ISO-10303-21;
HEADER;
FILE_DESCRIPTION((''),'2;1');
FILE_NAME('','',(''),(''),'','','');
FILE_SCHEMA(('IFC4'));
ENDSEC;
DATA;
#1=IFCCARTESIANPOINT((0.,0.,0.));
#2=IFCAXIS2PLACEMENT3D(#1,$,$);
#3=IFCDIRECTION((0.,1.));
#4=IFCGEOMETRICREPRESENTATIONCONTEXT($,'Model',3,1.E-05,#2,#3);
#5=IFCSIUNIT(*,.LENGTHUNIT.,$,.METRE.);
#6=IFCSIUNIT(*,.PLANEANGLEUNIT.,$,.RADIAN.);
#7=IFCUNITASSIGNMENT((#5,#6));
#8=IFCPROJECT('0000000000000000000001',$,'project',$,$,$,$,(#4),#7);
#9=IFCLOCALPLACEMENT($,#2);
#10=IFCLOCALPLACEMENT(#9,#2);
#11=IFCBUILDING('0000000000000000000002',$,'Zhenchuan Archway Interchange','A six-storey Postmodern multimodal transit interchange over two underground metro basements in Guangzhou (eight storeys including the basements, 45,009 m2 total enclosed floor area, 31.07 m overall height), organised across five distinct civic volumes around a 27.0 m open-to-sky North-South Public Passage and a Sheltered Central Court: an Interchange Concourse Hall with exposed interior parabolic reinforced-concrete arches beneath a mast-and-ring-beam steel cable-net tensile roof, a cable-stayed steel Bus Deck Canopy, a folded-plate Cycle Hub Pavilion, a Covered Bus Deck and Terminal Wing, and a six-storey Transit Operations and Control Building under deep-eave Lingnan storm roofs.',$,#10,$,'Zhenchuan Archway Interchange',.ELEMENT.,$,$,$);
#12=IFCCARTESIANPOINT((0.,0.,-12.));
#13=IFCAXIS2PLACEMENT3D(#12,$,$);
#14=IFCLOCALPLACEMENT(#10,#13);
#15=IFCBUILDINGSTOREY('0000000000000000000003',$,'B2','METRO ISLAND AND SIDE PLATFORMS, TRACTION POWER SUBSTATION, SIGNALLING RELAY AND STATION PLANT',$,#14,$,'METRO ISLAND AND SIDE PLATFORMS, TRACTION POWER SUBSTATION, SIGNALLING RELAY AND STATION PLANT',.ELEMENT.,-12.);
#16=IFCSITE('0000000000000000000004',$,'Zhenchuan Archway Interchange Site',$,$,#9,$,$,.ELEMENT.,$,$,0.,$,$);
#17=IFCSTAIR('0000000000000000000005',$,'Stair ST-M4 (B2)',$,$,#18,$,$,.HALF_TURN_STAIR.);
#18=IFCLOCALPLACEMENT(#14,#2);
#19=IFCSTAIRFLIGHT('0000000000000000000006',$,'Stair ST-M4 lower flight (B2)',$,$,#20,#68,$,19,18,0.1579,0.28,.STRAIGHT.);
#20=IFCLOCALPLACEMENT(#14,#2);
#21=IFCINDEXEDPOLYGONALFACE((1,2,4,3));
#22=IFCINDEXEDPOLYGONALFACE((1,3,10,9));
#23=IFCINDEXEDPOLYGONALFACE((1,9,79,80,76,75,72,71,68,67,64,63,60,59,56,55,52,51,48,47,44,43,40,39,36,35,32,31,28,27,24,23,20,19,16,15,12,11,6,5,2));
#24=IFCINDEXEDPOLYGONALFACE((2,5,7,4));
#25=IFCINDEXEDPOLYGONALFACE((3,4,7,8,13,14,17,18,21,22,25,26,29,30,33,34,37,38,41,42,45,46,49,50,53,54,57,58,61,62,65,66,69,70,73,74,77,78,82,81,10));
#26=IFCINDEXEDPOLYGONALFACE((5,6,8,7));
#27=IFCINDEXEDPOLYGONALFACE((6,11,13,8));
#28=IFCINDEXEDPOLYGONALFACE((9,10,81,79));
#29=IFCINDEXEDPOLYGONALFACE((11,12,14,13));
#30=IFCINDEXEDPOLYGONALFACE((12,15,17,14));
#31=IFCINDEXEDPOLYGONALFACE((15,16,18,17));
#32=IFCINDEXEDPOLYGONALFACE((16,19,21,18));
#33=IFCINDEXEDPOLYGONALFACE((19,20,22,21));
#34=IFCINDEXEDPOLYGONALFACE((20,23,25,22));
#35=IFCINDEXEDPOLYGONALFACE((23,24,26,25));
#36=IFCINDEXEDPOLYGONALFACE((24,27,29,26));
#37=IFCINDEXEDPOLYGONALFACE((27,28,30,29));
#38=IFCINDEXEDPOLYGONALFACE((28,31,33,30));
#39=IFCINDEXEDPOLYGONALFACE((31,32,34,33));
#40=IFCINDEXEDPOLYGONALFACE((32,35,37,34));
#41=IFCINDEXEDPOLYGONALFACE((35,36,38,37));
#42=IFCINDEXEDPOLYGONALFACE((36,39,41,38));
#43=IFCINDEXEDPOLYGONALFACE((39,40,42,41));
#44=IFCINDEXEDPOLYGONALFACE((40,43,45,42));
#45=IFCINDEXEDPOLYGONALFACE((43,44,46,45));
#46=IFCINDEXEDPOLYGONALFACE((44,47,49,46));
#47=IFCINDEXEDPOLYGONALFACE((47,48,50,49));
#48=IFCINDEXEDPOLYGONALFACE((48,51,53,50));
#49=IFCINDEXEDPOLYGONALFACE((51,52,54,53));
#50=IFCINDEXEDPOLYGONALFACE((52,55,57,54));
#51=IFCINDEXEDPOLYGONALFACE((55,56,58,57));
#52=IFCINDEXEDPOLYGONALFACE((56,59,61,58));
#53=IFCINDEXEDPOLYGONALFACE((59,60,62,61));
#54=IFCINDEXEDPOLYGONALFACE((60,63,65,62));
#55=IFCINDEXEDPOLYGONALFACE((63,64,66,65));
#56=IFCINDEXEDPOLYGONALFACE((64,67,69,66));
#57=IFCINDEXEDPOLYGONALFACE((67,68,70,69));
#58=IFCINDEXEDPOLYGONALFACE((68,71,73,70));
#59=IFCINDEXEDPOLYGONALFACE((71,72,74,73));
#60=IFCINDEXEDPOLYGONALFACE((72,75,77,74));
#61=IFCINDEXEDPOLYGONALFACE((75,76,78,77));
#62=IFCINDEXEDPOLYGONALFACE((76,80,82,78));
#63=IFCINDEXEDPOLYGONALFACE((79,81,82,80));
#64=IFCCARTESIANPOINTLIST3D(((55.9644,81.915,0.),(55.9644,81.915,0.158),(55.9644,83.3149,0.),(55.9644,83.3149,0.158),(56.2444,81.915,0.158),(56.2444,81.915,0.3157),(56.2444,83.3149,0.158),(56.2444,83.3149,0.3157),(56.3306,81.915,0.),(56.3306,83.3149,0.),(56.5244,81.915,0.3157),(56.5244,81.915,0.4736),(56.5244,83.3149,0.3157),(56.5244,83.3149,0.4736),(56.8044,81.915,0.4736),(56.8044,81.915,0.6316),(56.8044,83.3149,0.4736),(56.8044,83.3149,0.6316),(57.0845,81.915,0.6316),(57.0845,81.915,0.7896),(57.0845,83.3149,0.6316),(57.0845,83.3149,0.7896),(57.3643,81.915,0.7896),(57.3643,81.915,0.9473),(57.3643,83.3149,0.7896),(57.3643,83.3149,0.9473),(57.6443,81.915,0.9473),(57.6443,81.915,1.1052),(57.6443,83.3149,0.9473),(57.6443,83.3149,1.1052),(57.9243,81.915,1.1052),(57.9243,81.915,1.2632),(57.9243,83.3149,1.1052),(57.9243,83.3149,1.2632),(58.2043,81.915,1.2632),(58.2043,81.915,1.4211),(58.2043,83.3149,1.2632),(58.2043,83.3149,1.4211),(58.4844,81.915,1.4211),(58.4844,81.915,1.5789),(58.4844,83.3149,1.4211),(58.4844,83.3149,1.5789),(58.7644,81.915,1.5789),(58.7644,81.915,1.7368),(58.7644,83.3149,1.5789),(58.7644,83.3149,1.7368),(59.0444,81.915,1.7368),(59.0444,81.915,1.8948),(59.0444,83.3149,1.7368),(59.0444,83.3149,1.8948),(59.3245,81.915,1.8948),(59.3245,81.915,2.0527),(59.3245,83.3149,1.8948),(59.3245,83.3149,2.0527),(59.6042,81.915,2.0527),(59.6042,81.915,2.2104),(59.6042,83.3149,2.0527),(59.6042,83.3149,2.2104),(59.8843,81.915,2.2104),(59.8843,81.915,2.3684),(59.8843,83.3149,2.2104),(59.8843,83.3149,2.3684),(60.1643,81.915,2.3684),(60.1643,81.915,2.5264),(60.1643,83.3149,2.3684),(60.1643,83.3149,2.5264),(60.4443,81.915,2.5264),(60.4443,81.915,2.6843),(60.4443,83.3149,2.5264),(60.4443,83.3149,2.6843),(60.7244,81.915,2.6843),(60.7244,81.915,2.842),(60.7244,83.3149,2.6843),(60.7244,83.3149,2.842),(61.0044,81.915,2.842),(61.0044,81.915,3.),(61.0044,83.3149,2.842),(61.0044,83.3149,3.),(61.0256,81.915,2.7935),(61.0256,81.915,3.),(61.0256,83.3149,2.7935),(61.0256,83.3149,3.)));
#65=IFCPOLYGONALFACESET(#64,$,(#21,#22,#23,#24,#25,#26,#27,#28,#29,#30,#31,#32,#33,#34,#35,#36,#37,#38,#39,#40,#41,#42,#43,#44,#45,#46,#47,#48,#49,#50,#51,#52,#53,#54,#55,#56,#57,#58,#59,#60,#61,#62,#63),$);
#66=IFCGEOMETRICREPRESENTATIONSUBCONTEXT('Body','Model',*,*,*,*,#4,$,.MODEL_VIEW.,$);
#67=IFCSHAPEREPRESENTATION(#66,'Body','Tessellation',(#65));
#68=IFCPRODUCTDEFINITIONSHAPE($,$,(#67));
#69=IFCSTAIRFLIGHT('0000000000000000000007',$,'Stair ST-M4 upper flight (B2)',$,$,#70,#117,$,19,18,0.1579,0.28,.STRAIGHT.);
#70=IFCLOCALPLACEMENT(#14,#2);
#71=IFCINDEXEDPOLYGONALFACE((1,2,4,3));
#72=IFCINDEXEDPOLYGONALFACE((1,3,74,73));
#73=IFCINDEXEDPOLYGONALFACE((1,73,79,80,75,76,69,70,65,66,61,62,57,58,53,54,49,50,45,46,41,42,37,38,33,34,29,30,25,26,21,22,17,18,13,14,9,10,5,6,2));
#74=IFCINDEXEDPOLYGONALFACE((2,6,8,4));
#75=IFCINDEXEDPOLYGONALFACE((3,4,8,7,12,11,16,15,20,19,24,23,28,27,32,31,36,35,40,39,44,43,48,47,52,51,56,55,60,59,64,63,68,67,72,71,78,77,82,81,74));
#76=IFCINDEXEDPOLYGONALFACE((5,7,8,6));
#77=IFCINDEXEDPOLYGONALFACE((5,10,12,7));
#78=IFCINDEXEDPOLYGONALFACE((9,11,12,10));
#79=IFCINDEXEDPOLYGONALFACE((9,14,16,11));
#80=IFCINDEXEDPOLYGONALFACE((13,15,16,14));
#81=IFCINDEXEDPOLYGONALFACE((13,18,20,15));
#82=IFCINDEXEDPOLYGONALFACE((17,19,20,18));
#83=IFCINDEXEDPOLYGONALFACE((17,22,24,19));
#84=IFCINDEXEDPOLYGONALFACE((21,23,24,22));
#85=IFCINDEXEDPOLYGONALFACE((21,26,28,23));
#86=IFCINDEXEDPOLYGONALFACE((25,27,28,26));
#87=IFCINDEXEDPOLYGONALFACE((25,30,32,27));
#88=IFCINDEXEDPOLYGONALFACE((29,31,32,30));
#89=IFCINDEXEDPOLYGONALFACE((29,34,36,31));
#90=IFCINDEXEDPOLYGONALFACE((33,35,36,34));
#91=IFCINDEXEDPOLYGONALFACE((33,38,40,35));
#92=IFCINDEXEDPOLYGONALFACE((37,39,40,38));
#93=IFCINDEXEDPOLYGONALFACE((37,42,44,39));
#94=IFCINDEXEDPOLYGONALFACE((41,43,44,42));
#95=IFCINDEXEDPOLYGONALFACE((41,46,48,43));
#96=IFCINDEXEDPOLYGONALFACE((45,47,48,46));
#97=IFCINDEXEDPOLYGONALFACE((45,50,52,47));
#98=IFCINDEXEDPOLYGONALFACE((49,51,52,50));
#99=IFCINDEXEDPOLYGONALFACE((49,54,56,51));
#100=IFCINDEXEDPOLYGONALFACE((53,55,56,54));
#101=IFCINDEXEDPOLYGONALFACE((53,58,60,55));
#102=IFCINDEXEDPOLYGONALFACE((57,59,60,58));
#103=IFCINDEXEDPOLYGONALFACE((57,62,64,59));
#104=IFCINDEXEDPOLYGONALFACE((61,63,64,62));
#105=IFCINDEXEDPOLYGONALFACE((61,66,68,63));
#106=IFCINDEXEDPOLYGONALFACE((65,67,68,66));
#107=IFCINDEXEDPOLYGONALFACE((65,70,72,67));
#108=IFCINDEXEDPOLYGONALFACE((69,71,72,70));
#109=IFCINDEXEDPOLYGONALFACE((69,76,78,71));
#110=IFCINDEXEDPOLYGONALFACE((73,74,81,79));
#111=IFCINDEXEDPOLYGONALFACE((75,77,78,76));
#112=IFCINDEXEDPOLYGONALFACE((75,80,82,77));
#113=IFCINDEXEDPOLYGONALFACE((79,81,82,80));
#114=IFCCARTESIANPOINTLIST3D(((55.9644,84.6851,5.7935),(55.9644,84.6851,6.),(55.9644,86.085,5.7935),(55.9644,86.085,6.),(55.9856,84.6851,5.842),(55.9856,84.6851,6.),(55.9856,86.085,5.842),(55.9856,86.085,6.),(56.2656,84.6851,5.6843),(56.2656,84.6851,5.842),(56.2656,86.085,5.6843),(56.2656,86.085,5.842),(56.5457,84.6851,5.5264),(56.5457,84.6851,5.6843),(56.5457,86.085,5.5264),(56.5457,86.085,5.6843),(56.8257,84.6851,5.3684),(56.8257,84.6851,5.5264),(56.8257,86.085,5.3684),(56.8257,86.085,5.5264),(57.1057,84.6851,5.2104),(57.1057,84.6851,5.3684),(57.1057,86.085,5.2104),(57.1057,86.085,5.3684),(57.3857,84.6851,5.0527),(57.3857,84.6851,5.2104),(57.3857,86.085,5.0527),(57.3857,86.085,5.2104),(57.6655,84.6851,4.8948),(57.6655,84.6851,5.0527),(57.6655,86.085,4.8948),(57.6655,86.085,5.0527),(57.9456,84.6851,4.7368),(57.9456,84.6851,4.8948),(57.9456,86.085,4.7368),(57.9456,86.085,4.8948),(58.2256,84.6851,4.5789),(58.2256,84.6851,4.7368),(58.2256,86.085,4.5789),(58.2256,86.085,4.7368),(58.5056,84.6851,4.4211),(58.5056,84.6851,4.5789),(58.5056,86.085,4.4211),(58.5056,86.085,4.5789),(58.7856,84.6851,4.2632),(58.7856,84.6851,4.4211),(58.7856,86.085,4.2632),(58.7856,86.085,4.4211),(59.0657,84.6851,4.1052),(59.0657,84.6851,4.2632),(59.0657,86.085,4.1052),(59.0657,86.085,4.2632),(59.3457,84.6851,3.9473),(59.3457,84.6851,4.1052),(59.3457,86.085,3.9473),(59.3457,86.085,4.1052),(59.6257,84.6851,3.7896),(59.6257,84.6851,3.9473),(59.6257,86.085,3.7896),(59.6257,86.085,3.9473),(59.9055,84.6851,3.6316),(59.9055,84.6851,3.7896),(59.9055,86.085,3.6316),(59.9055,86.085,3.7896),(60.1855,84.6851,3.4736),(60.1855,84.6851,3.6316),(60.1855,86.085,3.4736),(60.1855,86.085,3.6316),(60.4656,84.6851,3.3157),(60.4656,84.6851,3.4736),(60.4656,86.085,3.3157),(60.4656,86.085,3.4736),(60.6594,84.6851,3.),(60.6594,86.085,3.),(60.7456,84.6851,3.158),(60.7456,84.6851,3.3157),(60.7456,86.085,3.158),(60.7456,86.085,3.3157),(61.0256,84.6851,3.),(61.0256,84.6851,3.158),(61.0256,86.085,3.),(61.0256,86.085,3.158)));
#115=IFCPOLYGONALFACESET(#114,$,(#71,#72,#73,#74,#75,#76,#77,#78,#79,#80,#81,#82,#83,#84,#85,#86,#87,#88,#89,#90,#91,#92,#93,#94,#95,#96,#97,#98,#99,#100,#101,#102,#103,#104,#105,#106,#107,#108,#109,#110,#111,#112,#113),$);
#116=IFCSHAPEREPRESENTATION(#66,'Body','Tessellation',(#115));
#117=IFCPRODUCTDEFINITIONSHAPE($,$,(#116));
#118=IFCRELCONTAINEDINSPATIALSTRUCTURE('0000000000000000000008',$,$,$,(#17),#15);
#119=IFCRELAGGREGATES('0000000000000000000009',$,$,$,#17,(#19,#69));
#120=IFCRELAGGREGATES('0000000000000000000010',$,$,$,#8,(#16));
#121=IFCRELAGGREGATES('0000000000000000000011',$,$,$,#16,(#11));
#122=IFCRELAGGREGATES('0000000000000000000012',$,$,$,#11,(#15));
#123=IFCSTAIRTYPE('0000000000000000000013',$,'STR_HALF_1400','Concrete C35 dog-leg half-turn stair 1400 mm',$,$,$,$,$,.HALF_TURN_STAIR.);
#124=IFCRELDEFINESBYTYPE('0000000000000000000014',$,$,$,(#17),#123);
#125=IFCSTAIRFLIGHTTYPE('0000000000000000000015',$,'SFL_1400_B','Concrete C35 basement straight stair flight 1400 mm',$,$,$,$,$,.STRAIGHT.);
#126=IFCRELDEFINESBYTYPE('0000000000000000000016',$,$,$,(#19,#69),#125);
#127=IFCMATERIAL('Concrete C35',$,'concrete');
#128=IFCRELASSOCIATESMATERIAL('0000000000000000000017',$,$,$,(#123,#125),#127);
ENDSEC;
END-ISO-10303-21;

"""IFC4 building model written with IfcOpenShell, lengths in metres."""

from ifc_helpers import new_model, si_unit, direction, frame, origin, place, context, subcontext, project, spatial, polyline, outline, extrude, material, type_object, element, aggregate, save


model = new_model("IFC4")

# Units and contexts
model_context = context("Model", 3, precision=1e-05, world=origin(), true_north=direction((0.0, 1.0)))
body_context = subcontext(model_context, "Body", "Model", "MODEL_VIEW")
ifc_project = project(units=[si_unit("LENGTHUNIT", "METRE"), si_unit("PLANEANGLEUNIT", "RADIAN")], contexts=[model_context])

# Site, building, storey
site_placement = place(None, origin())
site = spatial("IfcSite", under=ifc_project, at=site_placement, Name="Zhenchuan Archway Interchange Site", CompositionType="ELEMENT", RefElevation=0.0)
building_placement = place(site_placement, origin())
building = spatial("IfcBuilding", under=site, at=building_placement, Name="Zhenchuan Archway Interchange", Description="A six-storey Postmodern multimodal transit interchange over two underground metro basements in Guangzhou (eight storeys including the basements, 45,009 m2 total enclosed floor area, 31.07 m overall height), organised across five distinct civic volumes around a 27.0 m open-to-sky North-South Public Passage and a Sheltered Central Court: an Interchange Concourse Hall with exposed interior parabolic reinforced-concrete arches beneath a mast-and-ring-beam steel cable-net tensile roof, a cable-stayed steel Bus Deck Canopy, a folded-plate Cycle Hub Pavilion, a Covered Bus Deck and Terminal Wing, and a six-storey Transit Operations and Control Building under deep-eave Lingnan storm roofs.", LongName="Zhenchuan Archway Interchange", CompositionType="ELEMENT")
storey_placement = place(building_placement, frame((0.0, 0.0, -12.0)))
storey = spatial("IfcBuildingStorey", under=building, at=storey_placement, Name="B2", Description="METRO ISLAND AND SIDE PLATFORMS, TRACTION POWER SUBSTATION, SIGNALLING RELAY AND STATION PLANT", LongName="METRO ISLAND AND SIDE PLATFORMS, TRACTION POWER SUBSTATION, SIGNALLING RELAY AND STATION PLANT", CompositionType="ELEMENT", Elevation=-12.0)

# Shared definitions
ifc_material_1 = material(Name="Concrete C35", Category="concrete")

# Stair, stair flights
stair_type = type_object("IfcStairType", Name="STR_HALF_1400", Description="Concrete C35 dog-leg half-turn stair 1400 mm", PredefinedType="HALF_TURN_STAIR", material=ifc_material_1)
stair_placement = place(storey_placement, origin())
stair = element("IfcStair", 1, at=stair_placement, inside=storey, type_object=stair_type, Name="Stair ST-M4 (B2)", PredefinedType="HALF_TURN_STAIR")
stair_flight_type = type_object("IfcStairFlightType", Name="SFL_1400_B", Description="Concrete C35 basement straight stair flight 1400 mm", PredefinedType="STRAIGHT", material=ifc_material_1)
stair_flight_1_placement = place(storey_placement, frame((55.9644, 82.615, 0.0), z_axis=(0.0, 0.0, 1.0), x_axis=(1.0, 0.0, 0.0)))
stair_flight_1 = element("IfcStairFlight", 2, at=stair_flight_1_placement, type_object=stair_flight_type, Name="Stair ST-M4 lower flight (B2)", NumberOfRisers=19, NumberOfTreads=18, PredefinedType="STRAIGHT", RiserHeight=0.1579, TreadLength=0.28, context=body_context, shape_type="SweptSolid", body=[
    extrude(outline(polyline([(0.0, 0.0), (0.0, 0.158), (0.28, 0.158), (0.28, 0.3157), (0.5601, 0.3157), (0.5601, 0.4736), (0.8401, 0.4736), (0.8401, 0.6316), (1.1201, 0.6316), (1.1201, 0.7896), (1.3999, 0.7896), (1.3999, 0.9473), (1.6799, 0.9473), (1.6799, 1.1052), (1.96, 1.1052), (1.96, 1.2632), (2.24, 1.2632), (2.24, 1.4211), (2.52, 1.4211), (2.52, 1.5789), (2.8, 1.5789), (2.8, 1.7368), (3.0801, 1.7368), (3.0801, 1.8948), (3.3601, 1.8948), (3.3601, 2.0527), (3.6399, 2.0527), (3.6399, 2.2104), (3.9199, 2.2104), (3.9199, 2.3684), (4.2, 2.3684), (4.2, 2.5264), (4.48, 2.5264), (4.48, 2.6843), (4.76, 2.6843), (4.76, 2.842), (5.04, 2.842), (5.04, 3.0), (5.0613, 3.0), (5.0613, 2.7935), (0.3662, 0.0), (0.0, 0.0)])), frame((0.0, 0.7, 0.0), z_axis=(0.0, -1.0, 0.0), x_axis=(1.0, 0.0, 0.0)), (0.0, 0.0, 1.0), 1.3999),
])
stair_flight_2_placement = place(storey_placement, frame((61.0256, 85.385, 3.0), z_axis=(0.0, 0.0, 1.0), x_axis=(-1.0, 0.0, 0.0)))
stair_flight_2 = element("IfcStairFlight", 3, at=stair_flight_2_placement, type_object=stair_flight_type, Name="Stair ST-M4 upper flight (B2)", NumberOfRisers=19, NumberOfTreads=18, PredefinedType="STRAIGHT", RiserHeight=0.1579, TreadLength=0.28, context=body_context, shape_type="SweptSolid", body=[
    extrude(outline(polyline([(0.0, 0.0), (0.0, 0.158), (0.28, 0.158), (0.28, 0.3157), (0.5601, 0.3157), (0.5601, 0.4736), (0.8401, 0.4736), (0.8401, 0.6316), (1.1201, 0.6316), (1.1201, 0.7896), (1.3999, 0.7896), (1.3999, 0.9473), (1.6799, 0.9473), (1.6799, 1.1052), (1.96, 1.1052), (1.96, 1.2632), (2.24, 1.2632), (2.24, 1.4211), (2.52, 1.4211), (2.52, 1.5789), (2.8, 1.5789), (2.8, 1.7368), (3.0801, 1.7368), (3.0801, 1.8948), (3.3601, 1.8948), (3.3601, 2.0527), (3.6399, 2.0527), (3.6399, 2.2104), (3.9199, 2.2104), (3.9199, 2.3684), (4.2, 2.3684), (4.2, 2.5264), (4.48, 2.5264), (4.48, 2.6843), (4.76, 2.6843), (4.76, 2.842), (5.04, 2.842), (5.04, 3.0), (5.0613, 3.0), (5.0613, 2.7935), (0.3662, 0.0), (0.0, 0.0)])), frame((0.0, 0.7, 0.0), z_axis=(0.0, -1.0, 0.0), x_axis=(1.0, 0.0, 0.0)), (0.0, 0.0, 1.0), 1.3999),
])
aggregate(stair, [stair_flight_1, stair_flight_2])

save(model, "model.ifc")
